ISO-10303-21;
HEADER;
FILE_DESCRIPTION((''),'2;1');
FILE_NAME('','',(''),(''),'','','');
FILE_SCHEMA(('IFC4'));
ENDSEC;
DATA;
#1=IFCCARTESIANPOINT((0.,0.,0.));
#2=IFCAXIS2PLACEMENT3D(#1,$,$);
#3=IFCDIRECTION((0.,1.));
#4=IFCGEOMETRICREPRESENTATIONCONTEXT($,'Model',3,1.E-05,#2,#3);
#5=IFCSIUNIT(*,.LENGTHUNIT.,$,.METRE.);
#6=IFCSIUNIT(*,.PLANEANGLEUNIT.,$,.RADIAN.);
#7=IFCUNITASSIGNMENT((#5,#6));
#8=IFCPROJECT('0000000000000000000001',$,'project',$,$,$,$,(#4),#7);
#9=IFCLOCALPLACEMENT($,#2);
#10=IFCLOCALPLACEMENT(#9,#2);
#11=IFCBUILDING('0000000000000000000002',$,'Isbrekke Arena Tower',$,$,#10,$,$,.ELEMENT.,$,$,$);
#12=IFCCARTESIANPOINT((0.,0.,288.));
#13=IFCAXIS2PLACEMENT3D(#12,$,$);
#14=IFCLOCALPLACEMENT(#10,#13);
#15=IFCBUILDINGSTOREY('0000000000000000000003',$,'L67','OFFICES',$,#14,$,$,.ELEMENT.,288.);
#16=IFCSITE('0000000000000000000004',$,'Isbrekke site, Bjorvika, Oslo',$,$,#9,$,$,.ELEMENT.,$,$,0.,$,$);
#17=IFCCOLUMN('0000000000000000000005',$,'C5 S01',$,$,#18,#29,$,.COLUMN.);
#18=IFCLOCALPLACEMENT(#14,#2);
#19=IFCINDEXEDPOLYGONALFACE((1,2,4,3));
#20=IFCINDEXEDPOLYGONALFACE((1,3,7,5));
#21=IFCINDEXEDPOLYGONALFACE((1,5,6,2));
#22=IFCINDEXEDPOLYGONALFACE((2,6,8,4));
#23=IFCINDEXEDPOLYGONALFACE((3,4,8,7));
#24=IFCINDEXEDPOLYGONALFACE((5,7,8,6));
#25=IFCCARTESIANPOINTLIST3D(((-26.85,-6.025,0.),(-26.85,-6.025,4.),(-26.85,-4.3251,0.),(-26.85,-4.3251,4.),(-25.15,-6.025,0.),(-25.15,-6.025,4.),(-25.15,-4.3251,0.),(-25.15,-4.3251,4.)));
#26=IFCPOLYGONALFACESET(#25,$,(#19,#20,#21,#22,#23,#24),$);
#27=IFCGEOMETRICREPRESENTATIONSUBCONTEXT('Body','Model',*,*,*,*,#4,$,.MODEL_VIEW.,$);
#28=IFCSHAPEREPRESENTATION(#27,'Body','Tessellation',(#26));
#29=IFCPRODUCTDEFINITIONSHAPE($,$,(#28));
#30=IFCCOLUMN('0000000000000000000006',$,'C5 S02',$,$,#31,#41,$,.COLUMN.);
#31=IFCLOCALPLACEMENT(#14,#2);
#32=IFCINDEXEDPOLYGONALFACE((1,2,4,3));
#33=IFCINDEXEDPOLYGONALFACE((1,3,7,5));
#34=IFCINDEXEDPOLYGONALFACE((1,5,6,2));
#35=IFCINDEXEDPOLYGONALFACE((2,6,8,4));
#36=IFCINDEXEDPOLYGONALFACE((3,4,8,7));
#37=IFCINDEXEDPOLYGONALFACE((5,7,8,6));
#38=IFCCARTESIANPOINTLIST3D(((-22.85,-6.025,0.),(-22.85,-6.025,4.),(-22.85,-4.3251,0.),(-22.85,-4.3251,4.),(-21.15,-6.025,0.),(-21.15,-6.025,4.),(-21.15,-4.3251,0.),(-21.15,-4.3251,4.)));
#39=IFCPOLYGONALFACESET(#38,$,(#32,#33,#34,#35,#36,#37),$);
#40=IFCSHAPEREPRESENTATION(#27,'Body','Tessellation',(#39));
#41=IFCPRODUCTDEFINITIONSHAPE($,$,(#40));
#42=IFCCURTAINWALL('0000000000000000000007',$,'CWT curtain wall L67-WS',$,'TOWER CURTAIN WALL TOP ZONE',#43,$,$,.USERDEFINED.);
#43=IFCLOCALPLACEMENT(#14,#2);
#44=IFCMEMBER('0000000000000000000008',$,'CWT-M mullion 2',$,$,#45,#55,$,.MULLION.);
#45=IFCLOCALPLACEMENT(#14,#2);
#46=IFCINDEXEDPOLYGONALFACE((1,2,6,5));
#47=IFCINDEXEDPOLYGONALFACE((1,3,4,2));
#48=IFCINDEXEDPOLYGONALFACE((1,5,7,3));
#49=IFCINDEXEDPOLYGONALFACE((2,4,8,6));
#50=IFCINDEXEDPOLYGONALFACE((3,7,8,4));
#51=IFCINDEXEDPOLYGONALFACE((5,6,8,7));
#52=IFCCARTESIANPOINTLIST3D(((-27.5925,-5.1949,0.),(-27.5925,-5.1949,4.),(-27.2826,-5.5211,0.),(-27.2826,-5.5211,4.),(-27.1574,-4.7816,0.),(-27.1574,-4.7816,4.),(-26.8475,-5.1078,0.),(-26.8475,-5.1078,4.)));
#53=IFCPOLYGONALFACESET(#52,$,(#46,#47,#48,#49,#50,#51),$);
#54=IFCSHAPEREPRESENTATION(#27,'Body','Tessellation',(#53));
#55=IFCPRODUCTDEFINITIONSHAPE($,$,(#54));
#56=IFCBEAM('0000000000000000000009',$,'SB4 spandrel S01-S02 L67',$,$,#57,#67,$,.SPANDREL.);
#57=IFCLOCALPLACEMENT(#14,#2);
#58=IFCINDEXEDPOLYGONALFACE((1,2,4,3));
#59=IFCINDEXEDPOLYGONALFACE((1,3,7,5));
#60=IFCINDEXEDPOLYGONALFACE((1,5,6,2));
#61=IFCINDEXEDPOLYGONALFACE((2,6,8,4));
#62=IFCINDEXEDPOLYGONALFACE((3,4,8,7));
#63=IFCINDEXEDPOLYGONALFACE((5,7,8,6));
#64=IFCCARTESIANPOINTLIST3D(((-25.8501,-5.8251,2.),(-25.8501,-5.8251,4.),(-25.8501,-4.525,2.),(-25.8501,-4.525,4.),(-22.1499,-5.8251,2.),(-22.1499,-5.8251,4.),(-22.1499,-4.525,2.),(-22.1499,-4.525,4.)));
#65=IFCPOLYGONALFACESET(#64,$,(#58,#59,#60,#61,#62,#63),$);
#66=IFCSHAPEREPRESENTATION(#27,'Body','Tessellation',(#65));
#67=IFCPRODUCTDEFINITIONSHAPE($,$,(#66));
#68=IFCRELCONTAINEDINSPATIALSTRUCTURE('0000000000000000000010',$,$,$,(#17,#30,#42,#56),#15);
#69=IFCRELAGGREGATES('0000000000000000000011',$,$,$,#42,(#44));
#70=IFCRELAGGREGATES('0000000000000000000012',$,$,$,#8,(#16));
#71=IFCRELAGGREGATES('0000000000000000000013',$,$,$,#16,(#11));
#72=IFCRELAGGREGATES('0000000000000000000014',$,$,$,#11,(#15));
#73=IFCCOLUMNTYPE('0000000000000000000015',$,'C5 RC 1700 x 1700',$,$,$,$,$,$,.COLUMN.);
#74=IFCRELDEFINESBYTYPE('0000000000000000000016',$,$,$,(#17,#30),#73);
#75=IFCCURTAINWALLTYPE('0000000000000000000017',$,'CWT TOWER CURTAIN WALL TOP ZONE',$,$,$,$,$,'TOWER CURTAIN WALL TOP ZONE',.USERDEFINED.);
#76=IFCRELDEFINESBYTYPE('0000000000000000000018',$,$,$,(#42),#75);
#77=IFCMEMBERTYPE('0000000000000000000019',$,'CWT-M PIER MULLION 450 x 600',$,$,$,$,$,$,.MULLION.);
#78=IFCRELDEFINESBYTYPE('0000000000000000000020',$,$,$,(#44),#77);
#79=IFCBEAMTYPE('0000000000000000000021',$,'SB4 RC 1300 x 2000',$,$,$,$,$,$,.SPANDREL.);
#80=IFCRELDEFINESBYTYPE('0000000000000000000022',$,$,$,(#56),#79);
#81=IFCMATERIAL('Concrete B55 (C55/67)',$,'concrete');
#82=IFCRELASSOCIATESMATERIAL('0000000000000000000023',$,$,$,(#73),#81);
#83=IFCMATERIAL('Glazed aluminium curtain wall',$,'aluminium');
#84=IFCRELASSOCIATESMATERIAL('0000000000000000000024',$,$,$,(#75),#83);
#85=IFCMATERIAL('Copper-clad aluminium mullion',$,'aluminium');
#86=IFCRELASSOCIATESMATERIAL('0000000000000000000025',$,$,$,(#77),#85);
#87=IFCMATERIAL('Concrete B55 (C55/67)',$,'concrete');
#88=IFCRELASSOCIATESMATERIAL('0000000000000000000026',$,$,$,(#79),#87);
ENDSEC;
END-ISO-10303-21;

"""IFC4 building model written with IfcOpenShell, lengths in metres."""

from ifc_helpers import new_model, si_unit, direction, frame, origin, origin_2d, place, context, subcontext, project, spatial, rectangle, extrude, material, material_profile, profile_set, type_object, element, aggregate, save


model = new_model("IFC4")

# Units and contexts
model_context = context("Model", 3, precision=1e-05, world=origin(), true_north=direction((0.0, 1.0)))
body_context = subcontext(model_context, "Body", "Model", "MODEL_VIEW")
ifc_project = project(units=[si_unit("LENGTHUNIT", "METRE"), si_unit("PLANEANGLEUNIT", "RADIAN")], contexts=[model_context])

# Site, building, storey
site_placement = place(None, origin())
site = spatial("IfcSite", under=ifc_project, at=site_placement, Name="Isbrekke site, Bjorvika, Oslo", CompositionType="ELEMENT", RefElevation=0.0)
building_placement = place(site_placement, origin())
building = spatial("IfcBuilding", under=site, at=building_placement, Name="Isbrekke Arena Tower", CompositionType="ELEMENT")
storey_placement = place(building_placement, frame((0.0, 0.0, 288.0)))
storey = spatial("IfcBuildingStorey", under=building, at=storey_placement, Name="L67", Description="OFFICES", CompositionType="ELEMENT", Elevation=288.0)

# Columns
ifc_material_1 = material(Name="Concrete B55 (C55/67)", Category="concrete")
ifc_material_profile_1 = material_profile(ifc_material_1, rectangle(XDim=1.7, YDim=1.7, at=origin_2d()), Name="RC 1700x1700")
ifc_profile_set_1 = profile_set([ifc_material_profile_1], Name="Concrete B55 (C55/67)")
column_type = type_object("IfcColumnType", Name="C5 RC 1700 x 1700", PredefinedType="COLUMN", material=ifc_profile_set_1)
for number, where, z_axis, x_axis, name in (
    (1, (-26.0, -5.175, 0.0), (0.0, 0.0, 1.0), (1.0, 0.0, 0.0), "C5 S01"),
    (2, (-22.0, -5.175, 0.0), (0.0, 0.0, 1.0), (1.0, 0.0, 0.0), "C5 S02"),
):
    element("IfcColumn", number, at=place(storey_placement, frame(where, z_axis=z_axis, x_axis=x_axis)), inside=storey, type_object=column_type, Name=name, PredefinedType="COLUMN", context=body_context, shape_type="SweptSolid", body=[
        extrude(rectangle(XDim=1.7, YDim=1.7, at=origin_2d()), origin(), (0.0, 0.0, 1.0), 4.0),
    ])

# Curtain wall, member
ifc_material_2 = material(Name="Glazed aluminium curtain wall", Category="aluminium")
curtain_wall_type = type_object("IfcCurtainWallType", Name="CWT TOWER CURTAIN WALL TOP ZONE", ElementType="TOWER CURTAIN WALL TOP ZONE", PredefinedType="USERDEFINED", material=ifc_material_2)
curtain_wall_placement = place(storey_placement, origin())
curtain_wall = element("IfcCurtainWall", 3, at=curtain_wall_placement, inside=storey, type_object=curtain_wall_type, Name="CWT curtain wall L67-WS", ObjectType="TOWER CURTAIN WALL TOP ZONE", PredefinedType="USERDEFINED")
ifc_material_3 = material(Name="Copper-clad aluminium mullion", Category="aluminium")
ifc_material_profile_2 = material_profile(ifc_material_3, rectangle(XDim=0.45, YDim=0.6001, at=origin_2d()), Name="PIER 450X600")
ifc_profile_set_2 = profile_set([ifc_material_profile_2], Name="Copper-clad aluminium mullion")
member_type = type_object("IfcMemberType", Name="CWT-M PIER MULLION 450 x 600", PredefinedType="MULLION", material=ifc_profile_set_2)
member_placement = place(storey_placement, frame((-27.22, -5.1514, 0.0), z_axis=(0.0, 0.0, 1.0), x_axis=(0.688749, -0.724999, 0.0)))
member = element("IfcMember", 4, at=member_placement, type_object=member_type, Name="CWT-M mullion 2", PredefinedType="MULLION", context=body_context, shape_type="SweptSolid", body=[
    extrude(rectangle(XDim=0.45, YDim=0.6001, at=origin_2d()), origin(), (0.0, 0.0, 1.0), 4.0),
])
aggregate(curtain_wall, [member])

# Beam
ifc_material_4 = material(Name="Concrete B55 (C55/67)", Category="concrete")
ifc_material_profile_3 = material_profile(ifc_material_4, rectangle(XDim=1.3, YDim=2.0, at=origin_2d()), Name="RC 1300x2000")
ifc_profile_set_3 = profile_set([ifc_material_profile_3], Name="Concrete B55 (C55/67)")
beam_type = type_object("IfcBeamType", Name="SB4 RC 1300 x 2000", PredefinedType="SPANDREL", material=ifc_profile_set_3)
beam_placement = place(storey_placement, frame((-25.8501, -5.175, 3.0), z_axis=(1.0, 0.0, 0.0), x_axis=(0.0, 1.0, 0.0)))
element("IfcBeam", 5, at=beam_placement, inside=storey, type_object=beam_type, Name="SB4 spandrel S01-S02 L67", PredefinedType="SPANDREL", context=body_context, shape_type="SweptSolid", body=[
    extrude(rectangle(XDim=1.3, YDim=2.0, at=origin_2d()), origin(), (0.0, 0.0, 1.0), 3.7002),
])

save(model, "model.ifc")
